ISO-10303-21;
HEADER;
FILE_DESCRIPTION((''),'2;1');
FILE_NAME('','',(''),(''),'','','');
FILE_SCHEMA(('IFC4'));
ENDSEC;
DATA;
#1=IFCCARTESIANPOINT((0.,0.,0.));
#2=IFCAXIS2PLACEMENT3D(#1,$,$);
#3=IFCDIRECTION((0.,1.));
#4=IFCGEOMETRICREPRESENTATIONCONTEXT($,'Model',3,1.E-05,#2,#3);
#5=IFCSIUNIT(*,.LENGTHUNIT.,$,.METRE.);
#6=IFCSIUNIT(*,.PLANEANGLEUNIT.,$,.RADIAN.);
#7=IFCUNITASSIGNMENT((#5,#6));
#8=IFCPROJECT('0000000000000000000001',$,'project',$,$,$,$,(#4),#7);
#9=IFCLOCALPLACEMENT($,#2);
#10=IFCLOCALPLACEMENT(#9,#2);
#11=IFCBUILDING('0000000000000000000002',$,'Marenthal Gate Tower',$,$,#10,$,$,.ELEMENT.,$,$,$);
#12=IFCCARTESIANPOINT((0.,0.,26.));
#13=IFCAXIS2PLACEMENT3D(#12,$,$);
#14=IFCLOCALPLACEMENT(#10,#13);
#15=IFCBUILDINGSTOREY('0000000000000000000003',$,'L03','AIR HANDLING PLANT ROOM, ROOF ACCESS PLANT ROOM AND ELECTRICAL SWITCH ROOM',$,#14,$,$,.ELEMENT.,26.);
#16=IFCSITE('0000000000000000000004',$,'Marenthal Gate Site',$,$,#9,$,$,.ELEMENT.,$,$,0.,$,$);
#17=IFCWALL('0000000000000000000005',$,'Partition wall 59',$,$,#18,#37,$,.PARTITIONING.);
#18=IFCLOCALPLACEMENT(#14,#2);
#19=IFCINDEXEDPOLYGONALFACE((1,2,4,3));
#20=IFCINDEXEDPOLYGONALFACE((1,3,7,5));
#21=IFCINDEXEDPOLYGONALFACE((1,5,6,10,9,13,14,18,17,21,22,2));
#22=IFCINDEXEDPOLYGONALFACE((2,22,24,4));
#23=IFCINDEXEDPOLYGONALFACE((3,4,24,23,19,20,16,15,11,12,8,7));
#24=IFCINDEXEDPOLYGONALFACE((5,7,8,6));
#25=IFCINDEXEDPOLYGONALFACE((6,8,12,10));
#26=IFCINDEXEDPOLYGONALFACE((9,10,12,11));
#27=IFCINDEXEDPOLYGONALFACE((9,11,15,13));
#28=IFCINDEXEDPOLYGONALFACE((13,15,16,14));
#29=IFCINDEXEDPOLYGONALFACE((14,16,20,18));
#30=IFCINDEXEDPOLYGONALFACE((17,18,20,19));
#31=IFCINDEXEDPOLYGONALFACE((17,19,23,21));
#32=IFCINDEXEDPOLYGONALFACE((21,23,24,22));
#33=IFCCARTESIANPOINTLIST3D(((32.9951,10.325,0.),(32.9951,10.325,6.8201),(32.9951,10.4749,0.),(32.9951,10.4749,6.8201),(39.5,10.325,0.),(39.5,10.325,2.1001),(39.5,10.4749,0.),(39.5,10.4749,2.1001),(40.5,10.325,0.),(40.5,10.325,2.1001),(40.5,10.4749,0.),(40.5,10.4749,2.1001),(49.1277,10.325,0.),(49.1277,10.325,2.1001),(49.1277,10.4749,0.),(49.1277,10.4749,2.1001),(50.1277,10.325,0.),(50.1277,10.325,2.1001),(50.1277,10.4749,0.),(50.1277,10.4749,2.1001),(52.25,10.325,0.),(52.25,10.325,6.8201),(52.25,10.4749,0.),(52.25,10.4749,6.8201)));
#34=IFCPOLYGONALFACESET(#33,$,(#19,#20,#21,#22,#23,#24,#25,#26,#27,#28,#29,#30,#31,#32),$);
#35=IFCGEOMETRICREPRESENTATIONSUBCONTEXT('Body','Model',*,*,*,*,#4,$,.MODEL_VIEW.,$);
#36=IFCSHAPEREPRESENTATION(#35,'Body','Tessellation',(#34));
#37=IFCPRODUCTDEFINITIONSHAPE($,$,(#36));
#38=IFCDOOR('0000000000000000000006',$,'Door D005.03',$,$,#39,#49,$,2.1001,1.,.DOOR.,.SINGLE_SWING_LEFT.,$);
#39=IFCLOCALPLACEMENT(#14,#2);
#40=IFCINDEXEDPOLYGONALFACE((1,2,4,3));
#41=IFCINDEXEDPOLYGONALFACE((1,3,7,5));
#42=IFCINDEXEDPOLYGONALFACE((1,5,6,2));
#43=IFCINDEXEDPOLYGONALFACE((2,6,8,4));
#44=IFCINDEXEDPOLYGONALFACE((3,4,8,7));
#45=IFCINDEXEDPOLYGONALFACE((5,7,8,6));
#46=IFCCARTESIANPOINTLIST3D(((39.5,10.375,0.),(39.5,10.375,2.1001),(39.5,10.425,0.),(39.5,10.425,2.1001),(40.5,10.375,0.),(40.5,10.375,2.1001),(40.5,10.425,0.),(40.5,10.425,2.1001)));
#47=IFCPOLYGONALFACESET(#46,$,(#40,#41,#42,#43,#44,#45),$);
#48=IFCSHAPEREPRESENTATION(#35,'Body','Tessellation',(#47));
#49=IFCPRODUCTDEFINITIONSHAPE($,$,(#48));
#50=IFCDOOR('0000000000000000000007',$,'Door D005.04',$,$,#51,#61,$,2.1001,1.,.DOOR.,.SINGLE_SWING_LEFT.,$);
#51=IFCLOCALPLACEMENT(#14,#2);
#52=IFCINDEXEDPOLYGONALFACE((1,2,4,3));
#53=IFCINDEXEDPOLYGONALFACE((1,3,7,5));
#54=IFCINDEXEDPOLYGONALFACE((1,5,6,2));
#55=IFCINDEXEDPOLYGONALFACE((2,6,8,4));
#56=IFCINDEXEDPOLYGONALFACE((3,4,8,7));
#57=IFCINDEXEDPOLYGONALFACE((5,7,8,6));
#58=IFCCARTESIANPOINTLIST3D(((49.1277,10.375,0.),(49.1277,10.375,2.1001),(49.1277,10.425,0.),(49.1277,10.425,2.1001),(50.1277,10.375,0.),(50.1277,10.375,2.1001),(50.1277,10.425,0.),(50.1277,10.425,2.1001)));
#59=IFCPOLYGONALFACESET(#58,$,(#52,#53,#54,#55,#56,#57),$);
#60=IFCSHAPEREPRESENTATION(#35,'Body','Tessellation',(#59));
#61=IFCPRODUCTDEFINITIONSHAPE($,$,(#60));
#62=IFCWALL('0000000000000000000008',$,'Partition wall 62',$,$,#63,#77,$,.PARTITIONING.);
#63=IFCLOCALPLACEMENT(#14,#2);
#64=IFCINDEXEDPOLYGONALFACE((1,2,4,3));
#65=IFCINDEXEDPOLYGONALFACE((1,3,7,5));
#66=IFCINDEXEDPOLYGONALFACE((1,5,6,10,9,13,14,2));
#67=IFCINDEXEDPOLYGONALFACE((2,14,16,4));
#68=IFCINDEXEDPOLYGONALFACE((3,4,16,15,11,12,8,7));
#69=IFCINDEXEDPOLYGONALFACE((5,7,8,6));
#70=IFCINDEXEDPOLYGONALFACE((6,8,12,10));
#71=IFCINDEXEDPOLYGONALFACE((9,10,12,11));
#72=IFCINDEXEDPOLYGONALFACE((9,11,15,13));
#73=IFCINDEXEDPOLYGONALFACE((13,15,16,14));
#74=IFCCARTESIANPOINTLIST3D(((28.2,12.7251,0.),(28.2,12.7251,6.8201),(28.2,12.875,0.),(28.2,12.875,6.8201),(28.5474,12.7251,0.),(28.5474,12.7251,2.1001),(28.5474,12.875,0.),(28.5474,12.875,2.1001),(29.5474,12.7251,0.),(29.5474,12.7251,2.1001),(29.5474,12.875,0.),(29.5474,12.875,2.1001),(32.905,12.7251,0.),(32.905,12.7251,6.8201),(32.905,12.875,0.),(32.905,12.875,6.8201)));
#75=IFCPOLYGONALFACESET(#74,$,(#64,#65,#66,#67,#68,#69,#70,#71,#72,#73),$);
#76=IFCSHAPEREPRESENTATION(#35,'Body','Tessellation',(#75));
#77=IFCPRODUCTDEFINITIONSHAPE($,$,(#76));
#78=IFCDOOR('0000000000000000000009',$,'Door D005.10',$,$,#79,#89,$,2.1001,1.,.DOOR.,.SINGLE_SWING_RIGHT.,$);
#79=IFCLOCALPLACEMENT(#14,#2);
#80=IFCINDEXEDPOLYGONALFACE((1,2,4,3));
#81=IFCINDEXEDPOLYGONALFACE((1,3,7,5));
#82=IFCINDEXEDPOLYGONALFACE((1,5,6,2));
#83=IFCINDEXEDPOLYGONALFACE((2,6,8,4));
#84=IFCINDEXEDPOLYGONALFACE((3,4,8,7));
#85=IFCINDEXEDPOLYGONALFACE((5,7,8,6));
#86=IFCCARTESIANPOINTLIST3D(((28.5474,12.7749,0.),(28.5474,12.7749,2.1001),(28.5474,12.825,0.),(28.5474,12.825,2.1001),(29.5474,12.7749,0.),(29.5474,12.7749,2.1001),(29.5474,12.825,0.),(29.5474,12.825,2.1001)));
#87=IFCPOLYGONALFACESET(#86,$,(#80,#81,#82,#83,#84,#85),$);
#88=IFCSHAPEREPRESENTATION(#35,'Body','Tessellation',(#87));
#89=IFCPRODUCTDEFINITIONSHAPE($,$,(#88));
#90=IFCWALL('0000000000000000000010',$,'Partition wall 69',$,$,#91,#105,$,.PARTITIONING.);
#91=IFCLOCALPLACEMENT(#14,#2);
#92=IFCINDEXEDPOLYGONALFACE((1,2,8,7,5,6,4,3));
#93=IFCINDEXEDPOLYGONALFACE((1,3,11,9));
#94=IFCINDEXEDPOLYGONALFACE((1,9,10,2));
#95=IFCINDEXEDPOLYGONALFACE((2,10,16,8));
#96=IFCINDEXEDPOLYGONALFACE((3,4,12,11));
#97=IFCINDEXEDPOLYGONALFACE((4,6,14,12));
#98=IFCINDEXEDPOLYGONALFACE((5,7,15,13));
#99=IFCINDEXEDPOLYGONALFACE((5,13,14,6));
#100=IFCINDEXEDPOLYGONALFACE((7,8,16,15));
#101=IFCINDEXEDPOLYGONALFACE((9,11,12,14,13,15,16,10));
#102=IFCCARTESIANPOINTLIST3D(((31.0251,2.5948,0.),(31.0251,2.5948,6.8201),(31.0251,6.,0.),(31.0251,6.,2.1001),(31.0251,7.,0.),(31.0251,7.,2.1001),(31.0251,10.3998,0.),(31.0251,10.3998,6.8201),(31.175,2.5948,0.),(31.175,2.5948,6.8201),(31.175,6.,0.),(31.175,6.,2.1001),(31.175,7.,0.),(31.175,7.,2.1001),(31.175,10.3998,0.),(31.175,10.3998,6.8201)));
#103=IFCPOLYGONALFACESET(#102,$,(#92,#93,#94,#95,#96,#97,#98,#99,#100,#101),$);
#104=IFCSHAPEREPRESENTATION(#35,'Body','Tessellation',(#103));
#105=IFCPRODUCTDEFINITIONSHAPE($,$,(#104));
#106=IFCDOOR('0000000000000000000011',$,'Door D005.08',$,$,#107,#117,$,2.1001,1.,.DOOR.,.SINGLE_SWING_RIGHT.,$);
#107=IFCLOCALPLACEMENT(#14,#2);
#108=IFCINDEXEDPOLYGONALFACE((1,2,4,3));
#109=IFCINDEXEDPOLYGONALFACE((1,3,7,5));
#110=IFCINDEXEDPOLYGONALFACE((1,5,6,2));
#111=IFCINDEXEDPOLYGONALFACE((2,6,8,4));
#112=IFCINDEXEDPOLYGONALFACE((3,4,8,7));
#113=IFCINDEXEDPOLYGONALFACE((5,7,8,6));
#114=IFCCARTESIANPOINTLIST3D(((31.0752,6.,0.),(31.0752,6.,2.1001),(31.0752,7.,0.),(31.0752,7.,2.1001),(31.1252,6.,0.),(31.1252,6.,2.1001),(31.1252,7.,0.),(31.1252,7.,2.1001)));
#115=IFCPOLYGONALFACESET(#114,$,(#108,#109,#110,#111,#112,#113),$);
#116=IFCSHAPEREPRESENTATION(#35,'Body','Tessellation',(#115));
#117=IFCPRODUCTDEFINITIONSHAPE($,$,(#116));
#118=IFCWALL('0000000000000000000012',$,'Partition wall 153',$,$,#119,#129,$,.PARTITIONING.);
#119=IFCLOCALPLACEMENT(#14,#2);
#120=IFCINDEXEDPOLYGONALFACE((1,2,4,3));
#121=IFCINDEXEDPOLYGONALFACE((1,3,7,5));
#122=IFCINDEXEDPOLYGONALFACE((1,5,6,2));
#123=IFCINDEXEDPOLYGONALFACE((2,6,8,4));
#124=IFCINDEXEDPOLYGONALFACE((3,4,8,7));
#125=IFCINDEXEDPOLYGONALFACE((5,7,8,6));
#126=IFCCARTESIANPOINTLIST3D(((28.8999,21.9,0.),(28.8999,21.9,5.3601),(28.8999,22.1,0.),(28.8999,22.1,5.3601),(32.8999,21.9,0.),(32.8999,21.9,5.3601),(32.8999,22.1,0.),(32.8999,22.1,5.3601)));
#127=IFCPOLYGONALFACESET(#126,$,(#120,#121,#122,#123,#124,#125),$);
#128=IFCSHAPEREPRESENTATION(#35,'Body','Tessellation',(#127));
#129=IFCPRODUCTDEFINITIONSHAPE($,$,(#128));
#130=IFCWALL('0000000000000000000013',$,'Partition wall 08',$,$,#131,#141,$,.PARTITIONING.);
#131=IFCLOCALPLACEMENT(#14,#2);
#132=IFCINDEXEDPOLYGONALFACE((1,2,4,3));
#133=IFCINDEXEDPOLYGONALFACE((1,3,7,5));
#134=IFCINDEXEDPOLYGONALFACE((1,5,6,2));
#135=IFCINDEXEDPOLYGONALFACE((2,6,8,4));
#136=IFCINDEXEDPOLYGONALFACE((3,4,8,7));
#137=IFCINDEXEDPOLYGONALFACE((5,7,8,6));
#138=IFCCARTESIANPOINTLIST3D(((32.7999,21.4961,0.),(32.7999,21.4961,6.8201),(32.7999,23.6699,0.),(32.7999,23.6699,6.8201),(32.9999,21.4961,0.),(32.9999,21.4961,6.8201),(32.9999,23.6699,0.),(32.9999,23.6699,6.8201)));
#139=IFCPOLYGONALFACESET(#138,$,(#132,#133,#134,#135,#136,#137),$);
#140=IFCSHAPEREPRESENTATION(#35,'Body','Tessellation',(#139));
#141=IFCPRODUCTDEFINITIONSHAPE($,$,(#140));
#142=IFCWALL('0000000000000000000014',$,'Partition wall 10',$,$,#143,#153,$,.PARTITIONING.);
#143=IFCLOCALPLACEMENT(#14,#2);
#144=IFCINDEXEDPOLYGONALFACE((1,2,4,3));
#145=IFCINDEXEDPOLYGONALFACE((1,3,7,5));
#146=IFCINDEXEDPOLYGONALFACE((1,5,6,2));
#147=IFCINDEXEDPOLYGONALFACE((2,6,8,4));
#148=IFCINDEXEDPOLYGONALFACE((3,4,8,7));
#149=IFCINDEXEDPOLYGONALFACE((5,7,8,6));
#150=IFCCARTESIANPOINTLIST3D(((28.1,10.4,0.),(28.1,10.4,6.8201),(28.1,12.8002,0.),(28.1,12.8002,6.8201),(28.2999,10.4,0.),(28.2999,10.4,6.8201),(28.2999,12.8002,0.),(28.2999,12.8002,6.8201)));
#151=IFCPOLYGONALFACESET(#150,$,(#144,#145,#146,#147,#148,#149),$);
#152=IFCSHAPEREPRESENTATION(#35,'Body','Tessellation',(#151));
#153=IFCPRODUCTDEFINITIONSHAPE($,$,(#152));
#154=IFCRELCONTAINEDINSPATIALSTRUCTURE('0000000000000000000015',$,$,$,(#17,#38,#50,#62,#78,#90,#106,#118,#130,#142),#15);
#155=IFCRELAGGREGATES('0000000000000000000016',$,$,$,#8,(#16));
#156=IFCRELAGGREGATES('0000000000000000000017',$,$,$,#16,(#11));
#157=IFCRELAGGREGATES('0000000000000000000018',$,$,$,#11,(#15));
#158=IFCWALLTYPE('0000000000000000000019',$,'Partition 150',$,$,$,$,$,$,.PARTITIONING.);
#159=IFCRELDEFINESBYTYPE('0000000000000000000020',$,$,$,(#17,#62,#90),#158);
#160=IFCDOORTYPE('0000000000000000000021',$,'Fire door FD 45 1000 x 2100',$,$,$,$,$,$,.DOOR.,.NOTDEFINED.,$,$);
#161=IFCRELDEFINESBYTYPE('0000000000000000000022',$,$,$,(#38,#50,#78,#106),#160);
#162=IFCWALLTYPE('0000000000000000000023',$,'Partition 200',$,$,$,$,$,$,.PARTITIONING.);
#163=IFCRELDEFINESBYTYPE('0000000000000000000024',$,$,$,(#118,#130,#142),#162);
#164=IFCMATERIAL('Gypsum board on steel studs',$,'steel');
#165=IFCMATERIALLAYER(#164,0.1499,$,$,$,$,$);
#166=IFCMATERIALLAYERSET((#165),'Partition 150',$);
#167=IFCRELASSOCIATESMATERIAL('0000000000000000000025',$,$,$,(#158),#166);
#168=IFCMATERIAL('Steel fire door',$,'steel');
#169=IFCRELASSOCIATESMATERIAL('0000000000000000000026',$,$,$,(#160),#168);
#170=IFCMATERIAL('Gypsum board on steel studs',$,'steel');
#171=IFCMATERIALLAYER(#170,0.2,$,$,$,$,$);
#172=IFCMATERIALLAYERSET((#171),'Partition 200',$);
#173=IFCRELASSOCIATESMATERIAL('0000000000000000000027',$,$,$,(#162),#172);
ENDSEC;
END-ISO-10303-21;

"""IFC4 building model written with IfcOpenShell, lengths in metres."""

from ifc_helpers import new_model, si_unit, direction, frame, frame_2d, origin, place, context, subcontext, project, spatial, rectangle, extrude, material, layer, layer_set, type_object, element, fill, save


model = new_model("IFC4")

# Units and contexts
model_context = context("Model", 3, precision=1e-05, world=origin(), true_north=direction((0.0, 1.0)))
body_context = subcontext(model_context, "Body", "Model", "MODEL_VIEW")
ifc_project = project(units=[si_unit("LENGTHUNIT", "METRE"), si_unit("PLANEANGLEUNIT", "RADIAN")], contexts=[model_context])

# Site, building, storey
site_placement = place(None, origin())
site = spatial("IfcSite", under=ifc_project, at=site_placement, Name="Marenthal Gate Site", CompositionType="ELEMENT", RefElevation=0.0)
building_placement = place(site_placement, origin())
building = spatial("IfcBuilding", under=site, at=building_placement, Name="Marenthal Gate Tower", CompositionType="ELEMENT")
storey_placement = place(building_placement, frame((0.0, 0.0, 26.0)))
storey = spatial("IfcBuildingStorey", under=building, at=storey_placement, Name="L03", Description="AIR HANDLING PLANT ROOM, ROOF ACCESS PLANT ROOM AND ELECTRICAL SWITCH ROOM", CompositionType="ELEMENT", Elevation=26.0)

# Shared definitions
ifc_material_1 = material(Name="Gypsum board on steel studs", Category="steel")
ifc_layer_1 = layer(ifc_material_1, 0.1499)
ifc_layer_set_1 = layer_set([ifc_layer_1], Name="Partition 150")
wall_type_1 = type_object("IfcWallType", Name="Partition 150", PredefinedType="PARTITIONING", material=ifc_layer_set_1)

# Wall, openings, doors
wall_1_placement = place(storey_placement, frame((32.9951, 10.3999, 0.0), z_axis=(0.0, 0.0, 1.0), x_axis=(1.0, 0.0, 0.0)))
wall_1 = element("IfcWall", 1, at=wall_1_placement, inside=storey, type_object=wall_type_1, Name="Partition wall 59", PredefinedType="PARTITIONING", context=body_context, shape_type="SweptSolid", body=[
    extrude(rectangle(XDim=19.2549, YDim=0.1499, at=frame_2d((9.6274, 0.0))), origin(), (0.0, 0.0, 1.0), 6.8201),
])
opening_1_placement = place(wall_1_placement, frame((6.5049, 0.0, 0.0)))
opening_1 = element("IfcOpeningElement", 2, at=opening_1_placement, cuts=wall_1, PredefinedType="OPENING", context=body_context, shape_type="SweptSolid", body=[
    extrude(rectangle(XDim=1.0, YDim=2.1001, at=frame_2d((0.5, 1.05))), frame((0.0, 0.085, 0.0), z_axis=(0.0, -1.0, 0.0), x_axis=(1.0, 0.0, 0.0)), (0.0, 0.0, 1.0), 0.1699),
])
opening_2_placement = place(wall_1_placement, frame((16.1326, 0.0, 0.0)))
opening_2 = element("IfcOpeningElement", 3, at=opening_2_placement, cuts=wall_1, PredefinedType="OPENING", context=body_context, shape_type="SweptSolid", body=[
    extrude(rectangle(XDim=1.0, YDim=2.1001, at=frame_2d((0.5, 1.05))), frame((0.0, 0.085, 0.0), z_axis=(0.0, -1.0, 0.0), x_axis=(1.0, 0.0, 0.0)), (0.0, 0.0, 1.0), 0.1699),
])
ifc_material_2 = material(Name="Steel fire door", Category="steel")
door_type_1 = type_object("IfcDoorType", Name="Fire door FD 45 1000 x 2100", OperationType="NOTDEFINED", PredefinedType="DOOR", material=ifc_material_2)
door_1_placement = place(opening_1_placement, frame((1.0, 0.0, 0.0), z_axis=(0.0, 0.0, 1.0), x_axis=(-1.0, 0.0, 0.0)))
door_1 = element("IfcDoor", 4, at=door_1_placement, inside=storey, type_object=door_type_1, Name="Door D005.03", OperationType="SINGLE_SWING_LEFT", OverallHeight=2.1001, OverallWidth=1.0, PredefinedType="DOOR", context=body_context, shape_type="SweptSolid", body=[
    extrude(rectangle(XDim=1.0, YDim=2.1001, at=frame_2d((0.5, 1.05))), frame((0.0, 0.0249, 0.0), z_axis=(0.0, -1.0, 0.0), x_axis=(1.0, 0.0, 0.0)), (0.0, 0.0, 1.0), 0.05),
])
fill(opening_1, door_1)
door_2_placement = place(opening_2_placement, frame((1.0, 0.0, 0.0), z_axis=(0.0, 0.0, 1.0), x_axis=(-1.0, 0.0, 0.0)))
door_2 = element("IfcDoor", 5, at=door_2_placement, inside=storey, type_object=door_type_1, Name="Door D005.04", OperationType="SINGLE_SWING_LEFT", OverallHeight=2.1001, OverallWidth=1.0, PredefinedType="DOOR", context=body_context, shape_type="SweptSolid", body=[
    extrude(rectangle(XDim=1.0, YDim=2.1001, at=frame_2d((0.5, 1.05))), frame((0.0, 0.0249, 0.0), z_axis=(0.0, -1.0, 0.0), x_axis=(1.0, 0.0, 0.0)), (0.0, 0.0, 1.0), 0.05),
])
fill(opening_2, door_2)

# Walls, openings, doors
wall_2_placement = place(storey_placement, frame((28.2, 12.8, 0.0), z_axis=(0.0, 0.0, 1.0), x_axis=(1.0, 0.0, 0.0)))
wall_2 = element("IfcWall", 6, at=wall_2_placement, inside=storey, type_object=wall_type_1, Name="Partition wall 62", PredefinedType="PARTITIONING", context=body_context, shape_type="SweptSolid", body=[
    extrude(rectangle(XDim=4.7051, YDim=0.1499, at=frame_2d((2.3525, 0.0))), origin(), (0.0, 0.0, 1.0), 6.8201),
])
opening_3_placement = place(wall_2_placement, frame((0.3474, 0.0, 0.0)))
opening_3 = element("IfcOpeningElement", 7, at=opening_3_placement, cuts=wall_2, PredefinedType="OPENING", context=body_context, shape_type="SweptSolid", body=[
    extrude(rectangle(XDim=1.0, YDim=2.1001, at=frame_2d((0.5, 1.05))), frame((0.0, 0.085, 0.0), z_axis=(0.0, -1.0, 0.0), x_axis=(1.0, 0.0, 0.0)), (0.0, 0.0, 1.0), 0.1699),
])
door_3_placement = place(opening_3_placement, origin())
door_3 = element("IfcDoor", 8, at=door_3_placement, inside=storey, type_object=door_type_1, Name="Door D005.10", OperationType="SINGLE_SWING_RIGHT", OverallHeight=2.1001, OverallWidth=1.0, PredefinedType="DOOR", context=body_context, shape_type="SweptSolid", body=[
    extrude(rectangle(XDim=1.0, YDim=2.1001, at=frame_2d((0.5, 1.05))), frame((0.0, 0.0249, 0.0), z_axis=(0.0, -1.0, 0.0), x_axis=(1.0, 0.0, 0.0)), (0.0, 0.0, 1.0), 0.05),
])
fill(opening_3, door_3)
wall_3_placement = place(storey_placement, frame((31.1001, 2.595, 0.0), z_axis=(0.0, 0.0, 1.0), x_axis=(0.0, 1.0, 0.0)))
wall_3 = element("IfcWall", 9, at=wall_3_placement, inside=storey, type_object=wall_type_1, Name="Partition wall 69", PredefinedType="PARTITIONING", context=body_context, shape_type="SweptSolid", body=[
    extrude(rectangle(XDim=7.8049, YDim=0.1499, at=frame_2d((3.9023, 0.0))), origin(), (0.0, 0.0, 1.0), 6.8201),
])
opening_4_placement = place(wall_3_placement, frame((3.405, 0.0, 0.0)))
opening_4 = element("IfcOpeningElement", 10, at=opening_4_placement, cuts=wall_3, PredefinedType="OPENING", context=body_context, shape_type="SweptSolid", body=[
    extrude(rectangle(XDim=1.0, YDim=2.1001, at=frame_2d((0.5, 1.05))), frame((0.0, 0.085, 0.0), z_axis=(0.0, -1.0, 0.0), x_axis=(1.0, 0.0, 0.0)), (0.0, 0.0, 1.0), 0.1699),
])
door_4_placement = place(opening_4_placement, origin())
door_4 = element("IfcDoor", 11, at=door_4_placement, inside=storey, type_object=door_type_1, Name="Door D005.08", OperationType="SINGLE_SWING_RIGHT", OverallHeight=2.1001, OverallWidth=1.0, PredefinedType="DOOR", context=body_context, shape_type="SweptSolid", body=[
    extrude(rectangle(XDim=1.0, YDim=2.1001, at=frame_2d((0.5, 1.05))), frame((0.0, 0.0249, 0.0), z_axis=(0.0, -1.0, 0.0), x_axis=(1.0, 0.0, 0.0)), (0.0, 0.0, 1.0), 0.05),
])
fill(opening_4, door_4)

# Walls
ifc_material_3 = material(Name="Gypsum board on steel studs", Category="steel")
ifc_layer_2 = layer(ifc_material_3, 0.2)
ifc_layer_set_2 = layer_set([ifc_layer_2], Name="Partition 200")
wall_type_2 = type_object("IfcWallType", Name="Partition 200", PredefinedType="PARTITIONING", material=ifc_layer_set_2)
wall_4_placement = place(storey_placement, frame((28.8999, 22.0, 0.0), z_axis=(0.0, 0.0, 1.0), x_axis=(1.0, 0.0, 0.0)))
element("IfcWall", 12, at=wall_4_placement, inside=storey, type_object=wall_type_2, Name="Partition wall 153", PredefinedType="PARTITIONING", context=body_context, shape_type="SweptSolid", body=[
    extrude(rectangle(XDim=4.0, YDim=0.2, at=frame_2d((2.0, 0.0))), origin(), (0.0, 0.0, 1.0), 5.3601),
])
wall_5_placement = place(storey_placement, frame((32.8999, 21.4961, 0.0), z_axis=(0.0, 0.0, 1.0), x_axis=(0.0, 1.0, 0.0)))
element("IfcWall", 13, at=wall_5_placement, inside=storey, type_object=wall_type_2, Name="Partition wall 08", PredefinedType="PARTITIONING", context=body_context, shape_type="SweptSolid", body=[
    extrude(rectangle(XDim=2.1738, YDim=0.2, at=frame_2d((1.0869, 0.0))), origin(), (0.0, 0.0, 1.0), 6.8201),
])
wall_6_placement = place(storey_placement, frame((28.2, 10.3999, 0.0), z_axis=(0.0, 0.0, 1.0), x_axis=(0.0, 1.0, 0.0)))
element("IfcWall", 14, at=wall_6_placement, inside=storey, type_object=wall_type_2, Name="Partition wall 10", PredefinedType="PARTITIONING", context=body_context, shape_type="SweptSolid", body=[
    extrude(rectangle(XDim=2.4001, YDim=0.2, at=frame_2d((1.2002, 0.0))), origin(), (0.0, 0.0, 1.0), 6.8201),
])

save(model, "model.ifc")
